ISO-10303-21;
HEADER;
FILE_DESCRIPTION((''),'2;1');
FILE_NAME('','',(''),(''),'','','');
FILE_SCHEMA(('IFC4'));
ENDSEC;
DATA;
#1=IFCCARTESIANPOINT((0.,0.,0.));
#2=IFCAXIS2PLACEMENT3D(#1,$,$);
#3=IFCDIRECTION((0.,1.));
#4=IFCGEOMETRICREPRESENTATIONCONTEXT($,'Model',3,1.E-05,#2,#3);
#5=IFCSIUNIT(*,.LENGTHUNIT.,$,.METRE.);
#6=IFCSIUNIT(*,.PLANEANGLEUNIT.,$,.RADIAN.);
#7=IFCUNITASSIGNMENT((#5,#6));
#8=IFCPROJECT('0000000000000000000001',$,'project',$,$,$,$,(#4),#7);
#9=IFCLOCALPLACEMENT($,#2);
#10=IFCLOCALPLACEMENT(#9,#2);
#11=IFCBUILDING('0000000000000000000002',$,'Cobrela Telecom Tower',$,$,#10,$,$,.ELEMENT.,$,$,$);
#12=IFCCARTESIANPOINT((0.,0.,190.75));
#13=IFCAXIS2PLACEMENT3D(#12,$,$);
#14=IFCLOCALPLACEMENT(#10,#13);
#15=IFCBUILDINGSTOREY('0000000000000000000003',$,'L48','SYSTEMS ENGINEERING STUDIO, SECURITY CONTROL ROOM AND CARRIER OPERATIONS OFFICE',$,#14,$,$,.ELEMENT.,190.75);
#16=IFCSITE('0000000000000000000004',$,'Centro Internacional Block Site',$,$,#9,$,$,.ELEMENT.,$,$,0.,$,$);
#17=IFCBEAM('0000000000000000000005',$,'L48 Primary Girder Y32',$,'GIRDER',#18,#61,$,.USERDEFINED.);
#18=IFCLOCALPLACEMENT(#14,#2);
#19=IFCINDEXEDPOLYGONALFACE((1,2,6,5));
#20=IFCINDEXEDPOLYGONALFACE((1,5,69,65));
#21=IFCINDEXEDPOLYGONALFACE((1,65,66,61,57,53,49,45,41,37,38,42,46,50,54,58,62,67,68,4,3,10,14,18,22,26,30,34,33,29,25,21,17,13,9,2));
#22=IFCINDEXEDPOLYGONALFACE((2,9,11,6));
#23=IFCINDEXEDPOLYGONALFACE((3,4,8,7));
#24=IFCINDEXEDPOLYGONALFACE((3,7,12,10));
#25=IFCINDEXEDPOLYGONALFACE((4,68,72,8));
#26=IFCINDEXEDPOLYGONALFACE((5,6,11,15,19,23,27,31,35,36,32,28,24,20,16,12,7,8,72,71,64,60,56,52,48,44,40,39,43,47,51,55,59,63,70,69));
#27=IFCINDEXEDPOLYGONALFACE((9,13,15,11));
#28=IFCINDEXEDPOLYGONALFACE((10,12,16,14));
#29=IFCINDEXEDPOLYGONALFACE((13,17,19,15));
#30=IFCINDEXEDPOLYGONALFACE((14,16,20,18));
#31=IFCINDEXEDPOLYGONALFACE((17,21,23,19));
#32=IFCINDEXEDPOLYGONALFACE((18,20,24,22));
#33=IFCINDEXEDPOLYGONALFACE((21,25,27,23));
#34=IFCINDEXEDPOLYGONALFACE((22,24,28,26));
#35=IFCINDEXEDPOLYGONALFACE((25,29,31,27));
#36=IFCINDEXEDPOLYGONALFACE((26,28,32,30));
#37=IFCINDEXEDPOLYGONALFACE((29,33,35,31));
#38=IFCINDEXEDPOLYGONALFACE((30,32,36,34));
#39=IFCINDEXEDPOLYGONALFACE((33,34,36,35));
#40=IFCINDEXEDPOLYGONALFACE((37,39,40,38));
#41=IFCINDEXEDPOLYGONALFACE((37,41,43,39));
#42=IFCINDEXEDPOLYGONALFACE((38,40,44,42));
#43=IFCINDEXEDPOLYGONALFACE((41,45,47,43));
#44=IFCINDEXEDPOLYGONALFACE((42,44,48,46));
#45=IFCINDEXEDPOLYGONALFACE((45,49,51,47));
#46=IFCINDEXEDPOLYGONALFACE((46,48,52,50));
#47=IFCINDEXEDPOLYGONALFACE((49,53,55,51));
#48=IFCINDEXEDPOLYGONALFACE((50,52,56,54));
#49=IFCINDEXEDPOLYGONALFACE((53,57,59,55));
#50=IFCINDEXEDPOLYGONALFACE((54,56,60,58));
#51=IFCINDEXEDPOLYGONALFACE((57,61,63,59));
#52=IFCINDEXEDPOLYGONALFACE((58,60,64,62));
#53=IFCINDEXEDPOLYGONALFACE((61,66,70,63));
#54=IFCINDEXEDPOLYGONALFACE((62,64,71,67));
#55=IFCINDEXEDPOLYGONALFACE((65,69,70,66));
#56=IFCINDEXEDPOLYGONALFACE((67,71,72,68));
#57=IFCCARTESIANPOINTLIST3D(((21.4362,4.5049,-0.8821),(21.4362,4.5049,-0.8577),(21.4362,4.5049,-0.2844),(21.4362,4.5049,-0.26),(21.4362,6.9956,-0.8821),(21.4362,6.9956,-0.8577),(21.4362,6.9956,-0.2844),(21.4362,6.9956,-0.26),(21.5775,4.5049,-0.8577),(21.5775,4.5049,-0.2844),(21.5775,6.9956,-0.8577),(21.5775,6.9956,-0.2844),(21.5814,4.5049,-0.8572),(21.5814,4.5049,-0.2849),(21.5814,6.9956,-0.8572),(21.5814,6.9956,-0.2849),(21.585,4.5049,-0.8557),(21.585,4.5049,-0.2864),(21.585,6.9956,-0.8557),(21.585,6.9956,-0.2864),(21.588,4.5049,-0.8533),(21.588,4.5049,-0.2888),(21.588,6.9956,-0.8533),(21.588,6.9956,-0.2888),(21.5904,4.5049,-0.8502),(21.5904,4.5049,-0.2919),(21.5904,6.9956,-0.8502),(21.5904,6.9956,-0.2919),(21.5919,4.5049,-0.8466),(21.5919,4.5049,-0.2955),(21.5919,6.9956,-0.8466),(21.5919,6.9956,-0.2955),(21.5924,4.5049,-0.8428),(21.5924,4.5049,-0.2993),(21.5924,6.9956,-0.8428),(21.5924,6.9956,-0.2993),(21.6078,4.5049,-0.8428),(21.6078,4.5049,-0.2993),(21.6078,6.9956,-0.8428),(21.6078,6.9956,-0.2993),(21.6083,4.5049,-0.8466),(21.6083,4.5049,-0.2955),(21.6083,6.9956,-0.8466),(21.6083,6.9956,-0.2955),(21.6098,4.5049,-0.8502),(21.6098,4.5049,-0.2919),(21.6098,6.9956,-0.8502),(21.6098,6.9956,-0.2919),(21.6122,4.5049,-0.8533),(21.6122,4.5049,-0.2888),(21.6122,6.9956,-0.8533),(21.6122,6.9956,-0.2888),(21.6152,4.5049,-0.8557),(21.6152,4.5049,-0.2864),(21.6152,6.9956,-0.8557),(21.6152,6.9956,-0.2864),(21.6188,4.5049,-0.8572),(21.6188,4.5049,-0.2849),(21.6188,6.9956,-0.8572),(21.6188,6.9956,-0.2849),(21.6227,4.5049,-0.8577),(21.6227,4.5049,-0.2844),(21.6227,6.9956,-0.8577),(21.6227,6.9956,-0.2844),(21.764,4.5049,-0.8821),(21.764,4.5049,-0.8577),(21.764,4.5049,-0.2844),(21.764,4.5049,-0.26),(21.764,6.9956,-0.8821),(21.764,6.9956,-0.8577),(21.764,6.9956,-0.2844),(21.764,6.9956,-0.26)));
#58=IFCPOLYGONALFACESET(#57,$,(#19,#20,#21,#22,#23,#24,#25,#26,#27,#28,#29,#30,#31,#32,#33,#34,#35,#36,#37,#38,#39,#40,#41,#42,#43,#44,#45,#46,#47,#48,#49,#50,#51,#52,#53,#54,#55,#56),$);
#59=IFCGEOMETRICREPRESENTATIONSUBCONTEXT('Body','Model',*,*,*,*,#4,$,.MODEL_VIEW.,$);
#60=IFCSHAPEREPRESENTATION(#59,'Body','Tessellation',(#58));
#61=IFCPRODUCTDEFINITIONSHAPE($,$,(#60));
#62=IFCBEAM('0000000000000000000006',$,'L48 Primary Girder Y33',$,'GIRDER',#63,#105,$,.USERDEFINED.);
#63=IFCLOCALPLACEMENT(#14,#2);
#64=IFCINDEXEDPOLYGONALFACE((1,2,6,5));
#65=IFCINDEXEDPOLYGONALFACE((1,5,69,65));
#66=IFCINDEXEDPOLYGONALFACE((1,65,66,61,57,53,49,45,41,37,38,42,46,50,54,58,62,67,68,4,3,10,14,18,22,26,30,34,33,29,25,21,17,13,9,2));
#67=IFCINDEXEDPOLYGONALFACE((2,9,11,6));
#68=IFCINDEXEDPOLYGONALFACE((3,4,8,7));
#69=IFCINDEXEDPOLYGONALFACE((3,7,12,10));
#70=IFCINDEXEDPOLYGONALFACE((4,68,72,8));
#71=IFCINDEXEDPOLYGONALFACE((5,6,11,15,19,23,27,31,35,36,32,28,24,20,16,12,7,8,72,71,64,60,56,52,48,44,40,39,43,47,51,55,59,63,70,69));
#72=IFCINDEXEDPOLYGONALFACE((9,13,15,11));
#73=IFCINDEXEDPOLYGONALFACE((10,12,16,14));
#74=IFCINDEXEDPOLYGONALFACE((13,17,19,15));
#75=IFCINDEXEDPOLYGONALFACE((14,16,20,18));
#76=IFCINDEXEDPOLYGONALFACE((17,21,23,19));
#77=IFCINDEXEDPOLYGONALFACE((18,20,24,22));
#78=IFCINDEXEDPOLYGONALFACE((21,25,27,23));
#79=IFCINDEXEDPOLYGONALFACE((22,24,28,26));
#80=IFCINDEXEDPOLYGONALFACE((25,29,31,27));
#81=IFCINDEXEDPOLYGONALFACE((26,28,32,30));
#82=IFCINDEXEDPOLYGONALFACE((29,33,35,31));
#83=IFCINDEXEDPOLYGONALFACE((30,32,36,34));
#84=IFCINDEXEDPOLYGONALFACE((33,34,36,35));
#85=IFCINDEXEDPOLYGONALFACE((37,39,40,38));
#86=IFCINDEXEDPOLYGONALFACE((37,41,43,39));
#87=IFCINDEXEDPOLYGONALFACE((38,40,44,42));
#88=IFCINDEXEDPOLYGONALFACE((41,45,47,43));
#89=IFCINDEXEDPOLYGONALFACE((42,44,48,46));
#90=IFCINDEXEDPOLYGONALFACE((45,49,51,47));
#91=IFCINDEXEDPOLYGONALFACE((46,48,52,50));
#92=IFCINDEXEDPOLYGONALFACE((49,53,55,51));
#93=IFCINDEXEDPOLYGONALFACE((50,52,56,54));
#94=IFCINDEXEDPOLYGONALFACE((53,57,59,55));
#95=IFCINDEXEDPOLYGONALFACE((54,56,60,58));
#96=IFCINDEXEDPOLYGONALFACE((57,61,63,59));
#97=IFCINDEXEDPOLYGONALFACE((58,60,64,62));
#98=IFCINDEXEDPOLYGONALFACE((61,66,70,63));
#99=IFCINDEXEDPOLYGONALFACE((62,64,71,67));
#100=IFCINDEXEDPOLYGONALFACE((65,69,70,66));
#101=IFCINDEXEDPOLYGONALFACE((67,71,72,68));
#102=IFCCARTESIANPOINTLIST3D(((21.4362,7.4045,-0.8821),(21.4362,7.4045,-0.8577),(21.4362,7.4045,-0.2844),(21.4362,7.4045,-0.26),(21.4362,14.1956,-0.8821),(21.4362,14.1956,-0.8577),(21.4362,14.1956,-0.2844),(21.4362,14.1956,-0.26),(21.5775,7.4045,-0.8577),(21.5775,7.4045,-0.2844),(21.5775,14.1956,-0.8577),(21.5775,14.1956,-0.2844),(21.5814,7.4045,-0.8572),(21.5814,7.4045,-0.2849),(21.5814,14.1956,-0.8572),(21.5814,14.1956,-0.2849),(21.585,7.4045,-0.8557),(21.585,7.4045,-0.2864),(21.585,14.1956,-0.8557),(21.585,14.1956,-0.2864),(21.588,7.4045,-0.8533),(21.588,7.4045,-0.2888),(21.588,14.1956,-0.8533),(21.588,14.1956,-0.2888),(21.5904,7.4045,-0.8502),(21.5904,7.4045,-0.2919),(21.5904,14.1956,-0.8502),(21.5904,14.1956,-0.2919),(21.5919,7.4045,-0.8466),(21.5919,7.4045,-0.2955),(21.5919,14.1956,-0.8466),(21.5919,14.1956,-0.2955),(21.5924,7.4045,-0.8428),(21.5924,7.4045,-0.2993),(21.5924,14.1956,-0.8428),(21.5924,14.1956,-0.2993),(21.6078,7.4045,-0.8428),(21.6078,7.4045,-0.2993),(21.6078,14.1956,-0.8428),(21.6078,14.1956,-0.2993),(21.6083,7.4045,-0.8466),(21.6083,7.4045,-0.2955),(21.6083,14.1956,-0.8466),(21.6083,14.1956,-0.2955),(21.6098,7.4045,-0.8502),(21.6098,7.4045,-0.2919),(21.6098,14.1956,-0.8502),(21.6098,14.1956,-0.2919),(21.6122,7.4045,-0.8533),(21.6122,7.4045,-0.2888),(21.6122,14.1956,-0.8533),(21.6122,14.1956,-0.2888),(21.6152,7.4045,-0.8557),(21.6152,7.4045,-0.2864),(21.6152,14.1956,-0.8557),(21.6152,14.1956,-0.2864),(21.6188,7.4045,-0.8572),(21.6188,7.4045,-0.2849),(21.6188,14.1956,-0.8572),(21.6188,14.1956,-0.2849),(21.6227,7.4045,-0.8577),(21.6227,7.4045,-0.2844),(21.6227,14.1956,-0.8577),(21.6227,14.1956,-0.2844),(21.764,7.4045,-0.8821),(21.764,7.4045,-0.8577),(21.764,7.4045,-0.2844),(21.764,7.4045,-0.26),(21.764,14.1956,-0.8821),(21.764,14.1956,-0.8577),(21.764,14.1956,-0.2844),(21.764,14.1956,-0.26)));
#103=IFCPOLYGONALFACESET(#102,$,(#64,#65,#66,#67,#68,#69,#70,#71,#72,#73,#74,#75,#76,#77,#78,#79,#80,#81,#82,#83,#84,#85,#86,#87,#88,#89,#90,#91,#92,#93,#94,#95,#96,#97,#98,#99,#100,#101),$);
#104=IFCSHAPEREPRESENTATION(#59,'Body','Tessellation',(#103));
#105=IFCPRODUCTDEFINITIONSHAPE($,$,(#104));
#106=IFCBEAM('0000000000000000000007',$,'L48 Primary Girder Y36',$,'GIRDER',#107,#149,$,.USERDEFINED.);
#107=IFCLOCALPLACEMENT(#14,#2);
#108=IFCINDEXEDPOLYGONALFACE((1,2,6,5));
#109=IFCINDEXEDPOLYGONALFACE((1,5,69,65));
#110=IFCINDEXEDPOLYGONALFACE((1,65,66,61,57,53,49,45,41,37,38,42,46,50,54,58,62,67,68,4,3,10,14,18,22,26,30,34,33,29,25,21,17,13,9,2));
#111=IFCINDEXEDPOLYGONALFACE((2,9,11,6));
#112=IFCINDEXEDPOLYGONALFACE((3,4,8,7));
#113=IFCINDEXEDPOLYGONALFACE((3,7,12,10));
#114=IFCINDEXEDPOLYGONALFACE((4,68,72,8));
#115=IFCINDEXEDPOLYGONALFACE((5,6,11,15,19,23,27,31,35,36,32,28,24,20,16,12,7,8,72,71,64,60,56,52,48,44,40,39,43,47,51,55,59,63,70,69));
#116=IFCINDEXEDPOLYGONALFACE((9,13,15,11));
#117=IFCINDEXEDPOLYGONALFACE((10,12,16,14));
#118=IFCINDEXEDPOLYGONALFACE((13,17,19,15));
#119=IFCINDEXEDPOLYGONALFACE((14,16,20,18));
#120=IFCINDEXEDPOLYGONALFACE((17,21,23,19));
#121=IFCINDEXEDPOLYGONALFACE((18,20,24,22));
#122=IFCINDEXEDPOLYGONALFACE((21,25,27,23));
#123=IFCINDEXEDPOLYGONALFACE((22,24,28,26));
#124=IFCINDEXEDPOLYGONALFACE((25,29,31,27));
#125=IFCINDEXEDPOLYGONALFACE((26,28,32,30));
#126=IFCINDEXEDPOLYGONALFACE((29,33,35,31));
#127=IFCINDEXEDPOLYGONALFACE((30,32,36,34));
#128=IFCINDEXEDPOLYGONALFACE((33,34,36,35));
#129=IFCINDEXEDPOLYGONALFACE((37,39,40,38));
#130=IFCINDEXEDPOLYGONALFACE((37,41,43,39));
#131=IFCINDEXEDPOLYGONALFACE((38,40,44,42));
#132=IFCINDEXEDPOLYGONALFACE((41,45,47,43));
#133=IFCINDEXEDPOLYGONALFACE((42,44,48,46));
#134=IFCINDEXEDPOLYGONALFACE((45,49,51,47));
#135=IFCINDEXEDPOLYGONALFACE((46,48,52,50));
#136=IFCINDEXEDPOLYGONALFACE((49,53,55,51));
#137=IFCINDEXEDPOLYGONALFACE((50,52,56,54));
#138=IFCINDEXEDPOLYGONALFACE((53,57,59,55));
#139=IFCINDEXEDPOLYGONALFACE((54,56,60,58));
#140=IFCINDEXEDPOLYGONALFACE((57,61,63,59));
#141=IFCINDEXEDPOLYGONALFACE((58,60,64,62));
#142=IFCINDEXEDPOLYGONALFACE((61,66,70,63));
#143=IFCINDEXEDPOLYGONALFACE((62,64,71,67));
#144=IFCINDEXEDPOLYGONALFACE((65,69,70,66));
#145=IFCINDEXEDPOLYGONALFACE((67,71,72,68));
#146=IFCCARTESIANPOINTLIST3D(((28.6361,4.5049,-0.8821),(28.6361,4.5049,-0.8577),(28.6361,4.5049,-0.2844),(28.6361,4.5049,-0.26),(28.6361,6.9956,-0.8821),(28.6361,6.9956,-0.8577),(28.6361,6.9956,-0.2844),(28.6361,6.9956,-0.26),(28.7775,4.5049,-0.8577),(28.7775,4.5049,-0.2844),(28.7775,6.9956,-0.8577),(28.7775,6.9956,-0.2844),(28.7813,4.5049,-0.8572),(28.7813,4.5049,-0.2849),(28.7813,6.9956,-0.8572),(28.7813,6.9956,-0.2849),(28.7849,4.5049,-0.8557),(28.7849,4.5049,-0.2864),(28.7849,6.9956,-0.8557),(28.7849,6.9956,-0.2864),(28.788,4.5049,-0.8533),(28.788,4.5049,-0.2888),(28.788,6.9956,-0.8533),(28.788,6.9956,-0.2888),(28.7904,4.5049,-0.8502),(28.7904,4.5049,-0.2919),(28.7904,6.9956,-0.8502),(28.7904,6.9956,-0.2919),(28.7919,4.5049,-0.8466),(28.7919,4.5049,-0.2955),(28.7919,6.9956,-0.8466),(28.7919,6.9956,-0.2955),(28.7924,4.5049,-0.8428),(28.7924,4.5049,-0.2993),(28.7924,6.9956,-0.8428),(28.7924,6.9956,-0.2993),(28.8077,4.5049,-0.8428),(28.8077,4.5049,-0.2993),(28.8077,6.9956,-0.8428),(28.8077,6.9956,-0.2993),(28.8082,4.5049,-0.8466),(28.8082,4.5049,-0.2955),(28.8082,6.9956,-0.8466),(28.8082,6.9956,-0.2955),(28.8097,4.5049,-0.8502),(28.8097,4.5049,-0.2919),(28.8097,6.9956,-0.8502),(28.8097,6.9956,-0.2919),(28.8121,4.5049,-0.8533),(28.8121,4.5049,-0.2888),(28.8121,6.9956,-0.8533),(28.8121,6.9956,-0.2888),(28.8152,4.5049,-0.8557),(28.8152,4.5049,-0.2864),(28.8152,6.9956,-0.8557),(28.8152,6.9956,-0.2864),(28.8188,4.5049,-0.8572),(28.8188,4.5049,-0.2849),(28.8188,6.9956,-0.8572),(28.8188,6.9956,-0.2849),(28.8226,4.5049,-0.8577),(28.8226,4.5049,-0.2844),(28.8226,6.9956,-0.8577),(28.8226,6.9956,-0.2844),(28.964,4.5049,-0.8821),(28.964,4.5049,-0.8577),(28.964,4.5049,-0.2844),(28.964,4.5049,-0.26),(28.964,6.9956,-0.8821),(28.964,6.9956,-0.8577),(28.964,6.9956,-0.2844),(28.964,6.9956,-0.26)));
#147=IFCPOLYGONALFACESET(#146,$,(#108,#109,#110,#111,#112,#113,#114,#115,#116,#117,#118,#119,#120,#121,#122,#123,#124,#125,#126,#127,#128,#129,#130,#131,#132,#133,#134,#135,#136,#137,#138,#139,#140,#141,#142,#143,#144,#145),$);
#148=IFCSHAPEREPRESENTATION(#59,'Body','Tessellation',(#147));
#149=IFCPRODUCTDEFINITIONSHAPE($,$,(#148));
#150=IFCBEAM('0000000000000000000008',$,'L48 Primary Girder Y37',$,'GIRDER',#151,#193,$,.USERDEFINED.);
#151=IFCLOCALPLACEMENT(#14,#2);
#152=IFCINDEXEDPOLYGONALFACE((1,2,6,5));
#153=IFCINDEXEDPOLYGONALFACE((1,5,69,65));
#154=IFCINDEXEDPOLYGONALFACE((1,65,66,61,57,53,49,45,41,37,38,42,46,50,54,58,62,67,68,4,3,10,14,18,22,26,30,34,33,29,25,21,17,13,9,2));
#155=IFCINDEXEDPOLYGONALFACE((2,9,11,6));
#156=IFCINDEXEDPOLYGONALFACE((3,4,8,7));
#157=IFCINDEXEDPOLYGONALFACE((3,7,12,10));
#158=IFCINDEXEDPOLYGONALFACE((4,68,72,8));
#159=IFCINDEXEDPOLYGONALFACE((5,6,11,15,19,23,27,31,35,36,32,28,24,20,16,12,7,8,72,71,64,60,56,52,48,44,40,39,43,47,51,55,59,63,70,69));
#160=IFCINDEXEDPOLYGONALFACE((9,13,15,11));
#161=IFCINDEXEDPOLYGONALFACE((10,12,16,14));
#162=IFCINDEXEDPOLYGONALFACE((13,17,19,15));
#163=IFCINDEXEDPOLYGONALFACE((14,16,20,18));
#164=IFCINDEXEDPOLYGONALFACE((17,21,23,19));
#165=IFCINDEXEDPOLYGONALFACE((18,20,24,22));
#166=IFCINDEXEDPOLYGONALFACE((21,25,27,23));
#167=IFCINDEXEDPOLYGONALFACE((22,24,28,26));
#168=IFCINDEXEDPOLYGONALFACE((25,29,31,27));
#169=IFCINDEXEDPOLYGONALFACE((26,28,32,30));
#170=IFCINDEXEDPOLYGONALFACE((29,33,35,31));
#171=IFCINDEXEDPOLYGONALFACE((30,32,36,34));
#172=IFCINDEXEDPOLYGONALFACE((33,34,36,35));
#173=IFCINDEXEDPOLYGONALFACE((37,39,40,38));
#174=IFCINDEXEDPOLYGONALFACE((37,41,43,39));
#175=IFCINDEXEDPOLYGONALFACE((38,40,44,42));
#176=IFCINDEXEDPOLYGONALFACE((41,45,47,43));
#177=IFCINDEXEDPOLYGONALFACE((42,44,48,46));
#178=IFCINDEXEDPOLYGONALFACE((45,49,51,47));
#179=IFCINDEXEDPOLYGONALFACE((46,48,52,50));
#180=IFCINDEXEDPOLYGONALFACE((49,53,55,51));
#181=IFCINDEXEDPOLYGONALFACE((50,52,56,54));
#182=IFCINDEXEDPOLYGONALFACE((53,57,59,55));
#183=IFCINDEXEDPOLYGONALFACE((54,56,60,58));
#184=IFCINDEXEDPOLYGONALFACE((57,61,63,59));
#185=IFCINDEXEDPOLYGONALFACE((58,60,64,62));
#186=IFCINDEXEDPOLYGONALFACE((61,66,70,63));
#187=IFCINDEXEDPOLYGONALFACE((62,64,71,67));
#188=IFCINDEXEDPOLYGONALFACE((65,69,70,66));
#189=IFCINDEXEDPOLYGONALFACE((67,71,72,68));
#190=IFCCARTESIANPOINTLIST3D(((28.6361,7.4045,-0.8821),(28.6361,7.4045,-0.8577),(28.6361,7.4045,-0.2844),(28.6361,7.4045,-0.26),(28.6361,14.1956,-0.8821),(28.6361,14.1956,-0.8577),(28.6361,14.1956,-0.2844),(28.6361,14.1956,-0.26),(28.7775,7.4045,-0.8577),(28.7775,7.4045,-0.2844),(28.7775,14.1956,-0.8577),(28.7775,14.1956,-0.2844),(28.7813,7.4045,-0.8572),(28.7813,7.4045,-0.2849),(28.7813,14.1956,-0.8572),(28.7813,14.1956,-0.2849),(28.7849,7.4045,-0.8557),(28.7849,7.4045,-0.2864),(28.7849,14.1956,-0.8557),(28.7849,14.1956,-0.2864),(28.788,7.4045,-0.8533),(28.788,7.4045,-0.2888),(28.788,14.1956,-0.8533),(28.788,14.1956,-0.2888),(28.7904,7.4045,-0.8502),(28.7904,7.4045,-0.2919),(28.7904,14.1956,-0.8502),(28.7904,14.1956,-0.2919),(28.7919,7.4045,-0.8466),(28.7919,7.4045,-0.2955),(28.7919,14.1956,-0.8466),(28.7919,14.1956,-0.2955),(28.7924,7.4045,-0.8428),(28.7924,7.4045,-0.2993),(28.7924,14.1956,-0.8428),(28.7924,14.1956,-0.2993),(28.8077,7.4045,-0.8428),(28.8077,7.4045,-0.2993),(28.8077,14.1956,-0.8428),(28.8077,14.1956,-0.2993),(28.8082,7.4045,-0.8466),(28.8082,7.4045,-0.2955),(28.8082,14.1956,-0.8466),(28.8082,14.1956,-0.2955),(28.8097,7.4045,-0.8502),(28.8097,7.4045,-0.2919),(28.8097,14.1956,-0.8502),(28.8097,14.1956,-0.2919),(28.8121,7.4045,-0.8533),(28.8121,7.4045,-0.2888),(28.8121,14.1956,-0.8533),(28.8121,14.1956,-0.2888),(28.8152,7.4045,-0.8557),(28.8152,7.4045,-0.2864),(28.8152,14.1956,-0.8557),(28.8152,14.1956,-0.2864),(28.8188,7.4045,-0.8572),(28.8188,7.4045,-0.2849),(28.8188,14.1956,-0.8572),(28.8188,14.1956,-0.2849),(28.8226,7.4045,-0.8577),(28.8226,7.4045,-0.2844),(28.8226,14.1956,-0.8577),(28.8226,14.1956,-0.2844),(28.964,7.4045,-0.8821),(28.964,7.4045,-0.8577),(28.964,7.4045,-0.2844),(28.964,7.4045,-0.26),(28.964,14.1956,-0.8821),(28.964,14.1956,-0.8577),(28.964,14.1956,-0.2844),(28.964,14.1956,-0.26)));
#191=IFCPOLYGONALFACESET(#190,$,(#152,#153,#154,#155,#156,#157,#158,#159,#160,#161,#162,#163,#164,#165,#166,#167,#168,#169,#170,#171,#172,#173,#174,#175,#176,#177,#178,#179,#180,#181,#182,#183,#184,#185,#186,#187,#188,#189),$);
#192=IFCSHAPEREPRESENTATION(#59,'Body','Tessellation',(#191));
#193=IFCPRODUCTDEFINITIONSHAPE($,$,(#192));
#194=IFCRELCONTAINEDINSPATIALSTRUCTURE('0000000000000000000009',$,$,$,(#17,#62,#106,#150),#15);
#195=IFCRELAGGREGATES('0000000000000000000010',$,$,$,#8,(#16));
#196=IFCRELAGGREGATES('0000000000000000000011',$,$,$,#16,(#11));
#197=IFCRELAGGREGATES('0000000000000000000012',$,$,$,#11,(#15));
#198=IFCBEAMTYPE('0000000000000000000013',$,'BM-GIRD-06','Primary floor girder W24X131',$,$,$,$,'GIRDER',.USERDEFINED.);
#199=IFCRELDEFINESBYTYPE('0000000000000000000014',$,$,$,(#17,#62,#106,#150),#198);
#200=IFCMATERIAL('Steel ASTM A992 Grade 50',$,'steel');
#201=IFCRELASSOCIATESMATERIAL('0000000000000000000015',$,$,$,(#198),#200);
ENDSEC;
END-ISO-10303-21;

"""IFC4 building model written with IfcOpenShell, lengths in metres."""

from ifc_helpers import new_model, si_unit, direction, frame, origin, origin_2d, place, context, subcontext, project, spatial, i_section, extrude, material, material_profile, profile_set, type_object, element, save


model = new_model("IFC4")

# Units and contexts
model_context = context("Model", 3, precision=1e-05, world=origin(), true_north=direction((0.0, 1.0)))
body_context = subcontext(model_context, "Body", "Model", "MODEL_VIEW")
ifc_project = project(units=[si_unit("LENGTHUNIT", "METRE"), si_unit("PLANEANGLEUNIT", "RADIAN")], contexts=[model_context])

# Site, building, storey
site_placement = place(None, origin())
site = spatial("IfcSite", under=ifc_project, at=site_placement, Name="Centro Internacional Block Site", CompositionType="ELEMENT", RefElevation=0.0)
building_placement = place(site_placement, origin())
building = spatial("IfcBuilding", under=site, at=building_placement, Name="Cobrela Telecom Tower", CompositionType="ELEMENT")
storey_placement = place(building_placement, frame((0.0, 0.0, 190.75)))
storey = spatial("IfcBuildingStorey", under=building, at=storey_placement, Name="L48", Description="SYSTEMS ENGINEERING STUDIO, SECURITY CONTROL ROOM AND CARRIER OPERATIONS OFFICE", CompositionType="ELEMENT", Elevation=190.75)

# Shared definitions
ifc_material_1 = material(Name="Steel ASTM A992 Grade 50", Category="steel")

# Beams
ifc_material_profile_1 = material_profile(ifc_material_1, i_section(OverallWidth=0.3279, OverallDepth=0.6221, WebThickness=0.0154, FlangeThickness=0.0244, FilletRadius=0.0149, at=origin_2d()), Name="W24X131")
ifc_profile_set_1 = profile_set([ifc_material_profile_1], Name="Steel ASTM A992 Grade 50")
beam_type_1 = type_object("IfcBeamType", Name="BM-GIRD-06", Description="Primary floor girder W24X131", ElementType="GIRDER", PredefinedType="USERDEFINED", material=ifc_profile_set_1)
beam_1_placement = place(storey_placement, frame((21.6001, 4.5049, -0.571), z_axis=(0.0, 1.0, 0.0), x_axis=(-1.0, 0.0, 0.0)))
element("IfcBeam", 1, at=beam_1_placement, inside=storey, type_object=beam_type_1, Name="L48 Primary Girder Y32", ObjectType="GIRDER", PredefinedType="USERDEFINED", context=body_context, shape_type="SweptSolid", body=[
    extrude(i_section(OverallWidth=0.3279, OverallDepth=0.6221, WebThickness=0.0154, FlangeThickness=0.0244, FilletRadius=0.0149, at=origin_2d()), origin(), (0.0, 0.0, 1.0), 2.4907),
])
beam_2_placement = place(storey_placement, frame((21.6001, 7.4045, -0.571), z_axis=(0.0, 1.0, 0.0), x_axis=(-1.0, 0.0, 0.0)))
element("IfcBeam", 2, at=beam_2_placement, inside=storey, type_object=beam_type_1, Name="L48 Primary Girder Y33", ObjectType="GIRDER", PredefinedType="USERDEFINED", context=body_context, shape_type="SweptSolid", body=[
    extrude(i_section(OverallWidth=0.3279, OverallDepth=0.6221, WebThickness=0.0154, FlangeThickness=0.0244, FilletRadius=0.0149, at=origin_2d()), origin(), (0.0, 0.0, 1.0), 6.791),
])
beam_3_placement = place(storey_placement, frame((28.8, 4.5049, -0.571), z_axis=(0.0, 1.0, 0.0), x_axis=(-1.0, 0.0, 0.0)))
element("IfcBeam", 3, at=beam_3_placement, inside=storey, type_object=beam_type_1, Name="L48 Primary Girder Y36", ObjectType="GIRDER", PredefinedType="USERDEFINED", context=body_context, shape_type="SweptSolid", body=[
    extrude(i_section(OverallWidth=0.3279, OverallDepth=0.6221, WebThickness=0.0154, FlangeThickness=0.0244, FilletRadius=0.0149, at=origin_2d()), origin(), (0.0, 0.0, 1.0), 2.4907),
])
beam_4_placement = place(storey_placement, frame((28.8, 7.4045, -0.571), z_axis=(0.0, 1.0, 0.0), x_axis=(-1.0, 0.0, 0.0)))
element("IfcBeam", 4, at=beam_4_placement, inside=storey, type_object=beam_type_1, Name="L48 Primary Girder Y37", ObjectType="GIRDER", PredefinedType="USERDEFINED", context=body_context, shape_type="SweptSolid", body=[
    extrude(i_section(OverallWidth=0.3279, OverallDepth=0.6221, WebThickness=0.0154, FlangeThickness=0.0244, FilletRadius=0.0149, at=origin_2d()), origin(), (0.0, 0.0, 1.0), 6.791),
])

save(model, "model.ifc")
